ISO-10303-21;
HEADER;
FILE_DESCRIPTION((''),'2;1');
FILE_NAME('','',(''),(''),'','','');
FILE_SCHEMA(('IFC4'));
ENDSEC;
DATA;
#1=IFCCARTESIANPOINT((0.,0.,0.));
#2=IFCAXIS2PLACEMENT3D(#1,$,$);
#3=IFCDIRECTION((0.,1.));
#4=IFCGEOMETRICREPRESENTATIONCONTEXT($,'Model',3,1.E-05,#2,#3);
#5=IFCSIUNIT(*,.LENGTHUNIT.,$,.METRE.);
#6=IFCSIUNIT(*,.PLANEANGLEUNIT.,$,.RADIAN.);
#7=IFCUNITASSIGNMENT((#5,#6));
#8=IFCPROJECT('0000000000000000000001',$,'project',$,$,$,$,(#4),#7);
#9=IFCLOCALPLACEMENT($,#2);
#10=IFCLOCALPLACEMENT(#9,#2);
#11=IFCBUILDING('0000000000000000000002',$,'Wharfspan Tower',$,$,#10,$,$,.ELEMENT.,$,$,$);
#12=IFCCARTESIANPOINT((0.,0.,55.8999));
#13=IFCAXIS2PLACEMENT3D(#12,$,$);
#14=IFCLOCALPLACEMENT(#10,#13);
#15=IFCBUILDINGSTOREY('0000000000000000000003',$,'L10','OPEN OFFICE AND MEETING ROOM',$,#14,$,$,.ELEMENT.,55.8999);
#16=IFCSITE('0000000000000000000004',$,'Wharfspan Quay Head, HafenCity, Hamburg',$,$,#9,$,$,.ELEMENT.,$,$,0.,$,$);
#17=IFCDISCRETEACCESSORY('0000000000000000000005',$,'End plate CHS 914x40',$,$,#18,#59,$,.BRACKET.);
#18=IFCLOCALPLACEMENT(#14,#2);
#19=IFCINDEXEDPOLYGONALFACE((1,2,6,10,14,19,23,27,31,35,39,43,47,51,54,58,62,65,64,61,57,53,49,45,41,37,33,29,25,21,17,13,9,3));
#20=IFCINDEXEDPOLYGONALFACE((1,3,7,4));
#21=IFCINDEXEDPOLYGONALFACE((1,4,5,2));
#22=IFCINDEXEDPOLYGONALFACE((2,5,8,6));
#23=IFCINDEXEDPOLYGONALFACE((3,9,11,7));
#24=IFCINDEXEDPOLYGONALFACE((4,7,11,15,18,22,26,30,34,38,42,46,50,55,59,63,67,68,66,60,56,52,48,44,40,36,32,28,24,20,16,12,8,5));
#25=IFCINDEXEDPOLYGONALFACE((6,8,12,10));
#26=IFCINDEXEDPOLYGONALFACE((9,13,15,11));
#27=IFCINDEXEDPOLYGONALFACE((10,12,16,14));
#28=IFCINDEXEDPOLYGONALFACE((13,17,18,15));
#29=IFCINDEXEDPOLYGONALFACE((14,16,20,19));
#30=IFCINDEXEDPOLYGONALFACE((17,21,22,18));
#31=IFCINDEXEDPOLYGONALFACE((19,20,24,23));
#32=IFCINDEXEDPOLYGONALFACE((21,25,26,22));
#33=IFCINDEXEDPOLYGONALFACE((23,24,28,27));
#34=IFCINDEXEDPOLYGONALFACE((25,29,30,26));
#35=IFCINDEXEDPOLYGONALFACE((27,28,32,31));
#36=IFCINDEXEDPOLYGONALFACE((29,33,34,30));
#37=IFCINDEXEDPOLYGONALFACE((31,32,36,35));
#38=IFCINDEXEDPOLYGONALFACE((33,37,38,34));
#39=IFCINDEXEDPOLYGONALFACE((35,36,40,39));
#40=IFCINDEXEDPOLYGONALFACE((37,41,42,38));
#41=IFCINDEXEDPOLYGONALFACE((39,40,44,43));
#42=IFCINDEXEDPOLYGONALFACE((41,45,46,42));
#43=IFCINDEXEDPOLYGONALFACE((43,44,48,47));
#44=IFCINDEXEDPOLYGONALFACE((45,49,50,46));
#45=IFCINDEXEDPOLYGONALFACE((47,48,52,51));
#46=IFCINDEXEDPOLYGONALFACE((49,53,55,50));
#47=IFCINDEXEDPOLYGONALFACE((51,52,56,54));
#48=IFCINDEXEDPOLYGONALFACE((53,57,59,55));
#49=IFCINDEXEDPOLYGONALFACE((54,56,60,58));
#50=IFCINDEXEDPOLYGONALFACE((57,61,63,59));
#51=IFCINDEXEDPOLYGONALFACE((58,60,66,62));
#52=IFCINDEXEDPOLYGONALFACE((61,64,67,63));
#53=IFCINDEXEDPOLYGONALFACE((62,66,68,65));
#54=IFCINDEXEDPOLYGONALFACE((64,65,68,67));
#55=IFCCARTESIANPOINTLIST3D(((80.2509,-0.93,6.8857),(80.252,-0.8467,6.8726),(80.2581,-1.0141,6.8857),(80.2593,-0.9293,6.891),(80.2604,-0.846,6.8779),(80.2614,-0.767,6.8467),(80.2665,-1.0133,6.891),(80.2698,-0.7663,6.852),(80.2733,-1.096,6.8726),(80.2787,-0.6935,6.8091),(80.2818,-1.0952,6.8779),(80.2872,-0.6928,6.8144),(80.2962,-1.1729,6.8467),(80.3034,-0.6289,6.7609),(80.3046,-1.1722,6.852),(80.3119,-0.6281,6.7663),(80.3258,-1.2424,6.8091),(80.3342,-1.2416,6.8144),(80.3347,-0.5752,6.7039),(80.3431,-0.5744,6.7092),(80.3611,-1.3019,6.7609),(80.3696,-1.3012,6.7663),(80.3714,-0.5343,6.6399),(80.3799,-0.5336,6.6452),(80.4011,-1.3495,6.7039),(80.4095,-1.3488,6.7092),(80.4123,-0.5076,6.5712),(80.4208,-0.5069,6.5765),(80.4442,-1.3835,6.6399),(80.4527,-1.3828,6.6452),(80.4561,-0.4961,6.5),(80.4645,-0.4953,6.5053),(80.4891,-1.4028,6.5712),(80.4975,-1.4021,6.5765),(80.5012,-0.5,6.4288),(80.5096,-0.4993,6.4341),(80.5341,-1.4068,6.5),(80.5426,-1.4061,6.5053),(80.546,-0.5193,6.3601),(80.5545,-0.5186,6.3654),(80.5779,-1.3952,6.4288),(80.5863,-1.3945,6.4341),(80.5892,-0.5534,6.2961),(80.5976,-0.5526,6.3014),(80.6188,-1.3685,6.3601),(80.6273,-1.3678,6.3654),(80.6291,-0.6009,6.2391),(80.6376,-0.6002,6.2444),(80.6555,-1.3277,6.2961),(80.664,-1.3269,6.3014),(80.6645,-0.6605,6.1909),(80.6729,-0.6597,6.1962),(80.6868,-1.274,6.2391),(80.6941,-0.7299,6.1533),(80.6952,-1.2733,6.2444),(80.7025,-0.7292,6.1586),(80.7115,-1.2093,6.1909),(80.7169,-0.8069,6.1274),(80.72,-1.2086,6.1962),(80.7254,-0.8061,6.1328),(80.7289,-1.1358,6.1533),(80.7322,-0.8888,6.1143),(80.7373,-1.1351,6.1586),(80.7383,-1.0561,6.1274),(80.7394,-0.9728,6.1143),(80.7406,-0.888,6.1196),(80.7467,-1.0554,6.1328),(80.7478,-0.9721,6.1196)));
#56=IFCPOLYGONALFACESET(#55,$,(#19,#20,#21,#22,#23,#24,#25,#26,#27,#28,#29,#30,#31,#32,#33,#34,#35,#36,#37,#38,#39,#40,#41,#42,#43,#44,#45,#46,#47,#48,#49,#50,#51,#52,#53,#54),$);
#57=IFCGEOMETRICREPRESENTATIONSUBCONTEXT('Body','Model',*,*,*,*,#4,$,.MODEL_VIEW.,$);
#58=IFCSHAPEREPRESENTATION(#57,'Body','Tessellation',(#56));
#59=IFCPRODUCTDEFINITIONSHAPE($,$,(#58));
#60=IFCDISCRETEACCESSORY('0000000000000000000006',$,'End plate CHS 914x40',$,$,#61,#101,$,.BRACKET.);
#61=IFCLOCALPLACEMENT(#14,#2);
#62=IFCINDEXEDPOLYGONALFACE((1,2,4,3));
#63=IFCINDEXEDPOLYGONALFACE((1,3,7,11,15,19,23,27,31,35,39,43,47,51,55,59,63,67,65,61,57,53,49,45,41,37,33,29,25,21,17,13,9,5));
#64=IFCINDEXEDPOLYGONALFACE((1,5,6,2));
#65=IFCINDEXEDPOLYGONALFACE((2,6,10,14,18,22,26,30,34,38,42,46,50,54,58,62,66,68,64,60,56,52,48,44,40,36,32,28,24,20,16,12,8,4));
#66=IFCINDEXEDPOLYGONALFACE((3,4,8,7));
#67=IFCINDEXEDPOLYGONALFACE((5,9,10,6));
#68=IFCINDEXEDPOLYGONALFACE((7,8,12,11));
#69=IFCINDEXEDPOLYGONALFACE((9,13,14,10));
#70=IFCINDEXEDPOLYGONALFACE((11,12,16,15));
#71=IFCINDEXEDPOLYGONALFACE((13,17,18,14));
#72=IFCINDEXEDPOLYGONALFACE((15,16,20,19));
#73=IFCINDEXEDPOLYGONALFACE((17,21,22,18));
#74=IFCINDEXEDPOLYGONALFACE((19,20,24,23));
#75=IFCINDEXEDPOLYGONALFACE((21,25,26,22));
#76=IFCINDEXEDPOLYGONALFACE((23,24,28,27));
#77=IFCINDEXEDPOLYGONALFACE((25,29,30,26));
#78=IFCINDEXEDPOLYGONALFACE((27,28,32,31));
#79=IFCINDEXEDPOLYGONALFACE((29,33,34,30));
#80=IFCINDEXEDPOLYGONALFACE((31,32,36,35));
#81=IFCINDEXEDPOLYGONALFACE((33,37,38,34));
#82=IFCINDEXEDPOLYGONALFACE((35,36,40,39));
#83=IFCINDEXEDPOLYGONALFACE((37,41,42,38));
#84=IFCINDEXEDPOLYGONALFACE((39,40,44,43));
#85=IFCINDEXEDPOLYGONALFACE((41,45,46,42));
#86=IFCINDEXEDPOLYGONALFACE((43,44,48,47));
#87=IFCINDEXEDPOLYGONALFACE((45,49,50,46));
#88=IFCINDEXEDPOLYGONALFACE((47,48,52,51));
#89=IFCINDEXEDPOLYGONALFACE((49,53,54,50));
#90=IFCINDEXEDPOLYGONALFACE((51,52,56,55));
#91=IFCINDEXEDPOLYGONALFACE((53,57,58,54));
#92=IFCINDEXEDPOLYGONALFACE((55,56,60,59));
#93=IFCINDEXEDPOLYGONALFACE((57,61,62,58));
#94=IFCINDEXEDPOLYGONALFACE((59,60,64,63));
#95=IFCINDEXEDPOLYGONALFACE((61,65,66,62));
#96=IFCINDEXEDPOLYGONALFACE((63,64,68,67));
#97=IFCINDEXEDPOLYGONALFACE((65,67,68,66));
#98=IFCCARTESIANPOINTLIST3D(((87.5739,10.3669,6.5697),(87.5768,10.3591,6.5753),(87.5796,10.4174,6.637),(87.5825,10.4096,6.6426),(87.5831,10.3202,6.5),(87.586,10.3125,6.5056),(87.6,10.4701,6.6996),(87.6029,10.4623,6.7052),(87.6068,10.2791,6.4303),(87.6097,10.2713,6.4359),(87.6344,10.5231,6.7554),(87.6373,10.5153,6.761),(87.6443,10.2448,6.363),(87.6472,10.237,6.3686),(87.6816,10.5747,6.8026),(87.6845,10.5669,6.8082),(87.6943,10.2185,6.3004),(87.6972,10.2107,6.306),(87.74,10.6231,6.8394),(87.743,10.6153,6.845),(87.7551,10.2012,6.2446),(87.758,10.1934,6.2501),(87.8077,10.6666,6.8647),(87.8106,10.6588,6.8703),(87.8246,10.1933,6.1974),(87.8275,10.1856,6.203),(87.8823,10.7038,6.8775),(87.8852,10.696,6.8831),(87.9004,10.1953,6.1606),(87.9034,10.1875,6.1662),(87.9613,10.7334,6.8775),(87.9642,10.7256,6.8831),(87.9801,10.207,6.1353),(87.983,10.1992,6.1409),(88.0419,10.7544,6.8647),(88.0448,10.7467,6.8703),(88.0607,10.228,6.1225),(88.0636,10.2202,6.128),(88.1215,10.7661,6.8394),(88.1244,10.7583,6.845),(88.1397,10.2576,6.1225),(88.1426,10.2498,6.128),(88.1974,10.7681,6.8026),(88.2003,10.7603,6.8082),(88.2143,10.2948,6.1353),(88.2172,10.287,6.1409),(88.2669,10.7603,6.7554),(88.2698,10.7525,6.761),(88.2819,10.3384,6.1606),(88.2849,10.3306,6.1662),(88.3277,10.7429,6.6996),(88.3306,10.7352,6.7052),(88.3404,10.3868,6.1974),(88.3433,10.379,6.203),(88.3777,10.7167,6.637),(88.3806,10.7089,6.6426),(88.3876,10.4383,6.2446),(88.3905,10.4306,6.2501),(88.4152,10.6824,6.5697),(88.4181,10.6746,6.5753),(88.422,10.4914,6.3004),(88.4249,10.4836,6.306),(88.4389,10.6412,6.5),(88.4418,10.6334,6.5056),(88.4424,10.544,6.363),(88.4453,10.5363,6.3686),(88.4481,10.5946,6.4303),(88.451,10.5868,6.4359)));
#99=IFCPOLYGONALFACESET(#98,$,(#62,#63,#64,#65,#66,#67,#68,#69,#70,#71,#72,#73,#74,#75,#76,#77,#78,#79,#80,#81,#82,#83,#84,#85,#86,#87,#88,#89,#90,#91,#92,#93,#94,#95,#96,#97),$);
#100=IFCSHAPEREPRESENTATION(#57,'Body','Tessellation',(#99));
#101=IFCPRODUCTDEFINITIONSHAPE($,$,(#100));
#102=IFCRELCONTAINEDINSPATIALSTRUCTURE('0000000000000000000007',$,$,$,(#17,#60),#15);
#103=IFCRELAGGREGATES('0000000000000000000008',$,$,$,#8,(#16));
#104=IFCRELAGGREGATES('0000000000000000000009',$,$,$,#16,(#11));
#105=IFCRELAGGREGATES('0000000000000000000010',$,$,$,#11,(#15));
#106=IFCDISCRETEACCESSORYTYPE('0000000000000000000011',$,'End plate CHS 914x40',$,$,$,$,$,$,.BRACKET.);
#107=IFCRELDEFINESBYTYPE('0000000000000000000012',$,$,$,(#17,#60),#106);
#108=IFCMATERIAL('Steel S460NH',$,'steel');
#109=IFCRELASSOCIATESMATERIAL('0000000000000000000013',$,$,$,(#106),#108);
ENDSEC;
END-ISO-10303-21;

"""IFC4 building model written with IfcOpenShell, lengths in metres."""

from ifc_helpers import new_model, si_unit, direction, frame, origin, origin_2d, place, context, subcontext, project, spatial, circle, extrude, material, material_profile, profile_set, type_object, element, save


model = new_model("IFC4")

# Units and contexts
model_context = context("Model", 3, precision=1e-05, world=origin(), true_north=direction((0.0, 1.0)))
body_context = subcontext(model_context, "Body", "Model", "MODEL_VIEW")
ifc_project = project(units=[si_unit("LENGTHUNIT", "METRE"), si_unit("PLANEANGLEUNIT", "RADIAN")], contexts=[model_context])

# Site, building, storey
site_placement = place(None, origin())
site = spatial("IfcSite", under=ifc_project, at=site_placement, Name="Wharfspan Quay Head, HafenCity, Hamburg", CompositionType="ELEMENT", RefElevation=0.0)
building_placement = place(site_placement, origin())
building = spatial("IfcBuilding", under=site, at=building_placement, Name="Wharfspan Tower", CompositionType="ELEMENT")
storey_placement = place(building_placement, frame((0.0, 0.0, 55.8999)))
storey = spatial("IfcBuildingStorey", under=building, at=storey_placement, Name="L10", Description="OPEN OFFICE AND MEETING ROOM", CompositionType="ELEMENT", Elevation=55.8999)

# Discrete accessories
ifc_material_1 = material(Name="Steel S460NH", Category="steel")
ifc_material_profile_1 = material_profile(ifc_material_1, circle(Radius=0.457, at=origin_2d()))
ifc_profile_set_1 = profile_set([ifc_material_profile_1], Name="Steel S460NH")
discrete_accessory_type = type_object("IfcDiscreteAccessoryType", Name="End plate CHS 914x40", PredefinedType="BRACKET", material=ifc_profile_set_1)
for number, where, z_axis, x_axis, name in (
    (1, (80.4951, -0.9514, 6.5), (0.844416, 0.072379, 0.530776), (-0.085402, 0.99635, 0.0), "End plate CHS 914x40"),
    (2, (88.011, 10.4807, 6.5), (0.2913, -0.7768, 0.558325), (0.936328, 0.351123, 0.0), "End plate CHS 914x40"),
):
    element("IfcDiscreteAccessory", number, at=place(storey_placement, frame(where, z_axis=z_axis, x_axis=x_axis)), inside=storey, type_object=discrete_accessory_type, Name=name, PredefinedType="BRACKET", context=body_context, shape_type="SweptSolid", body=[
        extrude(circle(Radius=0.457, at=origin_2d()), origin(), (0.0, 0.0, 1.0), 0.01),
    ])

save(model, "model.ifc")
